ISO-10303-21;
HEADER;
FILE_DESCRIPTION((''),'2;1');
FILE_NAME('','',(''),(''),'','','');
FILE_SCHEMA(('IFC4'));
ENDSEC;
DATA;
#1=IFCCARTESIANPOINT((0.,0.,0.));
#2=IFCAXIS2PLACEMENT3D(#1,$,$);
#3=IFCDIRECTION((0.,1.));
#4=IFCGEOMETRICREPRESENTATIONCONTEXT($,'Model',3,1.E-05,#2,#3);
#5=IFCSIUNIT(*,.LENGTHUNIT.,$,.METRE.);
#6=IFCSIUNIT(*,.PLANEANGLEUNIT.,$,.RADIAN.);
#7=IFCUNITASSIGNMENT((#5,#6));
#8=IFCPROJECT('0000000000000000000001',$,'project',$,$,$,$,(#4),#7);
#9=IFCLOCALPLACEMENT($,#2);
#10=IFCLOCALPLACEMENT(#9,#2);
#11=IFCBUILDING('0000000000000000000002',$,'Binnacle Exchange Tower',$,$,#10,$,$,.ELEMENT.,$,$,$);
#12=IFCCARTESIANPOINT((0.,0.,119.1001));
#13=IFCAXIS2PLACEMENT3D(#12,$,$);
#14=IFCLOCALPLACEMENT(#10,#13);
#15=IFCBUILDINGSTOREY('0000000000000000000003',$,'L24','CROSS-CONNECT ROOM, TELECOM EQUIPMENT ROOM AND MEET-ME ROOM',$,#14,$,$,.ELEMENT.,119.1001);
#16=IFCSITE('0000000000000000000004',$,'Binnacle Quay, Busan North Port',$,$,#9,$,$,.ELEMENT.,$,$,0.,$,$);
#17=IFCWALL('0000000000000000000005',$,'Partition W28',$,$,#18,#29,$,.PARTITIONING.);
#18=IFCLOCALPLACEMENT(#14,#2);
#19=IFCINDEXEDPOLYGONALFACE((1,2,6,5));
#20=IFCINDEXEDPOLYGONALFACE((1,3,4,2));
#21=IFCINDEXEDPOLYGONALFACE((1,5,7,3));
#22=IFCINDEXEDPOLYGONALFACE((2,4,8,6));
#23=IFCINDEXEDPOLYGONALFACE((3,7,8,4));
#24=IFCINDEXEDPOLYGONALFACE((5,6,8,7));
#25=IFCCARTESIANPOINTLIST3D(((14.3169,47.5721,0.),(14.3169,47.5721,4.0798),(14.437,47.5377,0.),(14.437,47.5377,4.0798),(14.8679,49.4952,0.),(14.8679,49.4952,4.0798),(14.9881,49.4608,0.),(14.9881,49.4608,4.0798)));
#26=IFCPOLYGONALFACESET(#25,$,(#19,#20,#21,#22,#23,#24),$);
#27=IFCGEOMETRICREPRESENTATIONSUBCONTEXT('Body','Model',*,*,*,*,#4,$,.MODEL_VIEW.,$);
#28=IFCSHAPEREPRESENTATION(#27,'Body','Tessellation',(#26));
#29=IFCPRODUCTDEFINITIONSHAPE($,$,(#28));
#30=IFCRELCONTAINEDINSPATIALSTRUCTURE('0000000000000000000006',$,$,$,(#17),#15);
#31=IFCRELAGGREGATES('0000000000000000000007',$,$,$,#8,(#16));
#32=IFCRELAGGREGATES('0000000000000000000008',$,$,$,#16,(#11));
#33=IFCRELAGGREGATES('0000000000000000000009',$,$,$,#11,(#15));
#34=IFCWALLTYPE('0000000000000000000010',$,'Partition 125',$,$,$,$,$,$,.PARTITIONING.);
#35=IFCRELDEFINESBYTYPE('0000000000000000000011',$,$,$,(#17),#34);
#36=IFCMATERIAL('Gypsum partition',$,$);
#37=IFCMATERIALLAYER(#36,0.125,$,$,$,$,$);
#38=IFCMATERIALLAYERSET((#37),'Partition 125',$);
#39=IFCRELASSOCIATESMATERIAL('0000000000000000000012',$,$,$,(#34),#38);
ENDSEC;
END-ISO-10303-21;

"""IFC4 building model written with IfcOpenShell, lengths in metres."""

from ifc_helpers import new_model, si_unit, direction, frame, frame_2d, origin, place, context, subcontext, project, spatial, rectangle, extrude, material, layer, layer_set, type_object, element, save


model = new_model("IFC4")

# Units and contexts
model_context = context("Model", 3, precision=1e-05, world=origin(), true_north=direction((0.0, 1.0)))
body_context = subcontext(model_context, "Body", "Model", "MODEL_VIEW")
ifc_project = project(units=[si_unit("LENGTHUNIT", "METRE"), si_unit("PLANEANGLEUNIT", "RADIAN")], contexts=[model_context])

# Site, building, storey
site_placement = place(None, origin())
site = spatial("IfcSite", under=ifc_project, at=site_placement, Name="Binnacle Quay, Busan North Port", CompositionType="ELEMENT", RefElevation=0.0)
building_placement = place(site_placement, origin())
building = spatial("IfcBuilding", under=site, at=building_placement, Name="Binnacle Exchange Tower", CompositionType="ELEMENT")
storey_placement = place(building_placement, frame((0.0, 0.0, 119.1001)))
storey = spatial("IfcBuildingStorey", under=building, at=storey_placement, Name="L24", Description="CROSS-CONNECT ROOM, TELECOM EQUIPMENT ROOM AND MEET-ME ROOM", CompositionType="ELEMENT", Elevation=119.1001)

# Shared definitions
ifc_material_1 = material(Name="Gypsum partition")
ifc_layer_1 = layer(ifc_material_1, 0.125)
ifc_layer_set_1 = layer_set([ifc_layer_1], Name="Partition 125")
wall_type_1 = type_object("IfcWallType", Name="Partition 125", PredefinedType="PARTITIONING", material=ifc_layer_set_1)

# Wall
wall_1_placement = place(storey_placement, frame((14.377, 47.5549, 0.0), z_axis=(0.0, 0.0, 1.0), x_axis=(0.275446, 0.961316, 0.0)))
element("IfcWall", 1, at=wall_1_placement, inside=storey, type_object=wall_type_1, Name="Partition W28", PredefinedType="PARTITIONING", context=body_context, shape_type="SweptSolid", body=[
    extrude(rectangle(XDim=2.0005, YDim=0.125, at=frame_2d((1.0002, 0.0))), origin(), (0.0, 0.0, 1.0), 4.0798),
])

save(model, "model.ifc")
